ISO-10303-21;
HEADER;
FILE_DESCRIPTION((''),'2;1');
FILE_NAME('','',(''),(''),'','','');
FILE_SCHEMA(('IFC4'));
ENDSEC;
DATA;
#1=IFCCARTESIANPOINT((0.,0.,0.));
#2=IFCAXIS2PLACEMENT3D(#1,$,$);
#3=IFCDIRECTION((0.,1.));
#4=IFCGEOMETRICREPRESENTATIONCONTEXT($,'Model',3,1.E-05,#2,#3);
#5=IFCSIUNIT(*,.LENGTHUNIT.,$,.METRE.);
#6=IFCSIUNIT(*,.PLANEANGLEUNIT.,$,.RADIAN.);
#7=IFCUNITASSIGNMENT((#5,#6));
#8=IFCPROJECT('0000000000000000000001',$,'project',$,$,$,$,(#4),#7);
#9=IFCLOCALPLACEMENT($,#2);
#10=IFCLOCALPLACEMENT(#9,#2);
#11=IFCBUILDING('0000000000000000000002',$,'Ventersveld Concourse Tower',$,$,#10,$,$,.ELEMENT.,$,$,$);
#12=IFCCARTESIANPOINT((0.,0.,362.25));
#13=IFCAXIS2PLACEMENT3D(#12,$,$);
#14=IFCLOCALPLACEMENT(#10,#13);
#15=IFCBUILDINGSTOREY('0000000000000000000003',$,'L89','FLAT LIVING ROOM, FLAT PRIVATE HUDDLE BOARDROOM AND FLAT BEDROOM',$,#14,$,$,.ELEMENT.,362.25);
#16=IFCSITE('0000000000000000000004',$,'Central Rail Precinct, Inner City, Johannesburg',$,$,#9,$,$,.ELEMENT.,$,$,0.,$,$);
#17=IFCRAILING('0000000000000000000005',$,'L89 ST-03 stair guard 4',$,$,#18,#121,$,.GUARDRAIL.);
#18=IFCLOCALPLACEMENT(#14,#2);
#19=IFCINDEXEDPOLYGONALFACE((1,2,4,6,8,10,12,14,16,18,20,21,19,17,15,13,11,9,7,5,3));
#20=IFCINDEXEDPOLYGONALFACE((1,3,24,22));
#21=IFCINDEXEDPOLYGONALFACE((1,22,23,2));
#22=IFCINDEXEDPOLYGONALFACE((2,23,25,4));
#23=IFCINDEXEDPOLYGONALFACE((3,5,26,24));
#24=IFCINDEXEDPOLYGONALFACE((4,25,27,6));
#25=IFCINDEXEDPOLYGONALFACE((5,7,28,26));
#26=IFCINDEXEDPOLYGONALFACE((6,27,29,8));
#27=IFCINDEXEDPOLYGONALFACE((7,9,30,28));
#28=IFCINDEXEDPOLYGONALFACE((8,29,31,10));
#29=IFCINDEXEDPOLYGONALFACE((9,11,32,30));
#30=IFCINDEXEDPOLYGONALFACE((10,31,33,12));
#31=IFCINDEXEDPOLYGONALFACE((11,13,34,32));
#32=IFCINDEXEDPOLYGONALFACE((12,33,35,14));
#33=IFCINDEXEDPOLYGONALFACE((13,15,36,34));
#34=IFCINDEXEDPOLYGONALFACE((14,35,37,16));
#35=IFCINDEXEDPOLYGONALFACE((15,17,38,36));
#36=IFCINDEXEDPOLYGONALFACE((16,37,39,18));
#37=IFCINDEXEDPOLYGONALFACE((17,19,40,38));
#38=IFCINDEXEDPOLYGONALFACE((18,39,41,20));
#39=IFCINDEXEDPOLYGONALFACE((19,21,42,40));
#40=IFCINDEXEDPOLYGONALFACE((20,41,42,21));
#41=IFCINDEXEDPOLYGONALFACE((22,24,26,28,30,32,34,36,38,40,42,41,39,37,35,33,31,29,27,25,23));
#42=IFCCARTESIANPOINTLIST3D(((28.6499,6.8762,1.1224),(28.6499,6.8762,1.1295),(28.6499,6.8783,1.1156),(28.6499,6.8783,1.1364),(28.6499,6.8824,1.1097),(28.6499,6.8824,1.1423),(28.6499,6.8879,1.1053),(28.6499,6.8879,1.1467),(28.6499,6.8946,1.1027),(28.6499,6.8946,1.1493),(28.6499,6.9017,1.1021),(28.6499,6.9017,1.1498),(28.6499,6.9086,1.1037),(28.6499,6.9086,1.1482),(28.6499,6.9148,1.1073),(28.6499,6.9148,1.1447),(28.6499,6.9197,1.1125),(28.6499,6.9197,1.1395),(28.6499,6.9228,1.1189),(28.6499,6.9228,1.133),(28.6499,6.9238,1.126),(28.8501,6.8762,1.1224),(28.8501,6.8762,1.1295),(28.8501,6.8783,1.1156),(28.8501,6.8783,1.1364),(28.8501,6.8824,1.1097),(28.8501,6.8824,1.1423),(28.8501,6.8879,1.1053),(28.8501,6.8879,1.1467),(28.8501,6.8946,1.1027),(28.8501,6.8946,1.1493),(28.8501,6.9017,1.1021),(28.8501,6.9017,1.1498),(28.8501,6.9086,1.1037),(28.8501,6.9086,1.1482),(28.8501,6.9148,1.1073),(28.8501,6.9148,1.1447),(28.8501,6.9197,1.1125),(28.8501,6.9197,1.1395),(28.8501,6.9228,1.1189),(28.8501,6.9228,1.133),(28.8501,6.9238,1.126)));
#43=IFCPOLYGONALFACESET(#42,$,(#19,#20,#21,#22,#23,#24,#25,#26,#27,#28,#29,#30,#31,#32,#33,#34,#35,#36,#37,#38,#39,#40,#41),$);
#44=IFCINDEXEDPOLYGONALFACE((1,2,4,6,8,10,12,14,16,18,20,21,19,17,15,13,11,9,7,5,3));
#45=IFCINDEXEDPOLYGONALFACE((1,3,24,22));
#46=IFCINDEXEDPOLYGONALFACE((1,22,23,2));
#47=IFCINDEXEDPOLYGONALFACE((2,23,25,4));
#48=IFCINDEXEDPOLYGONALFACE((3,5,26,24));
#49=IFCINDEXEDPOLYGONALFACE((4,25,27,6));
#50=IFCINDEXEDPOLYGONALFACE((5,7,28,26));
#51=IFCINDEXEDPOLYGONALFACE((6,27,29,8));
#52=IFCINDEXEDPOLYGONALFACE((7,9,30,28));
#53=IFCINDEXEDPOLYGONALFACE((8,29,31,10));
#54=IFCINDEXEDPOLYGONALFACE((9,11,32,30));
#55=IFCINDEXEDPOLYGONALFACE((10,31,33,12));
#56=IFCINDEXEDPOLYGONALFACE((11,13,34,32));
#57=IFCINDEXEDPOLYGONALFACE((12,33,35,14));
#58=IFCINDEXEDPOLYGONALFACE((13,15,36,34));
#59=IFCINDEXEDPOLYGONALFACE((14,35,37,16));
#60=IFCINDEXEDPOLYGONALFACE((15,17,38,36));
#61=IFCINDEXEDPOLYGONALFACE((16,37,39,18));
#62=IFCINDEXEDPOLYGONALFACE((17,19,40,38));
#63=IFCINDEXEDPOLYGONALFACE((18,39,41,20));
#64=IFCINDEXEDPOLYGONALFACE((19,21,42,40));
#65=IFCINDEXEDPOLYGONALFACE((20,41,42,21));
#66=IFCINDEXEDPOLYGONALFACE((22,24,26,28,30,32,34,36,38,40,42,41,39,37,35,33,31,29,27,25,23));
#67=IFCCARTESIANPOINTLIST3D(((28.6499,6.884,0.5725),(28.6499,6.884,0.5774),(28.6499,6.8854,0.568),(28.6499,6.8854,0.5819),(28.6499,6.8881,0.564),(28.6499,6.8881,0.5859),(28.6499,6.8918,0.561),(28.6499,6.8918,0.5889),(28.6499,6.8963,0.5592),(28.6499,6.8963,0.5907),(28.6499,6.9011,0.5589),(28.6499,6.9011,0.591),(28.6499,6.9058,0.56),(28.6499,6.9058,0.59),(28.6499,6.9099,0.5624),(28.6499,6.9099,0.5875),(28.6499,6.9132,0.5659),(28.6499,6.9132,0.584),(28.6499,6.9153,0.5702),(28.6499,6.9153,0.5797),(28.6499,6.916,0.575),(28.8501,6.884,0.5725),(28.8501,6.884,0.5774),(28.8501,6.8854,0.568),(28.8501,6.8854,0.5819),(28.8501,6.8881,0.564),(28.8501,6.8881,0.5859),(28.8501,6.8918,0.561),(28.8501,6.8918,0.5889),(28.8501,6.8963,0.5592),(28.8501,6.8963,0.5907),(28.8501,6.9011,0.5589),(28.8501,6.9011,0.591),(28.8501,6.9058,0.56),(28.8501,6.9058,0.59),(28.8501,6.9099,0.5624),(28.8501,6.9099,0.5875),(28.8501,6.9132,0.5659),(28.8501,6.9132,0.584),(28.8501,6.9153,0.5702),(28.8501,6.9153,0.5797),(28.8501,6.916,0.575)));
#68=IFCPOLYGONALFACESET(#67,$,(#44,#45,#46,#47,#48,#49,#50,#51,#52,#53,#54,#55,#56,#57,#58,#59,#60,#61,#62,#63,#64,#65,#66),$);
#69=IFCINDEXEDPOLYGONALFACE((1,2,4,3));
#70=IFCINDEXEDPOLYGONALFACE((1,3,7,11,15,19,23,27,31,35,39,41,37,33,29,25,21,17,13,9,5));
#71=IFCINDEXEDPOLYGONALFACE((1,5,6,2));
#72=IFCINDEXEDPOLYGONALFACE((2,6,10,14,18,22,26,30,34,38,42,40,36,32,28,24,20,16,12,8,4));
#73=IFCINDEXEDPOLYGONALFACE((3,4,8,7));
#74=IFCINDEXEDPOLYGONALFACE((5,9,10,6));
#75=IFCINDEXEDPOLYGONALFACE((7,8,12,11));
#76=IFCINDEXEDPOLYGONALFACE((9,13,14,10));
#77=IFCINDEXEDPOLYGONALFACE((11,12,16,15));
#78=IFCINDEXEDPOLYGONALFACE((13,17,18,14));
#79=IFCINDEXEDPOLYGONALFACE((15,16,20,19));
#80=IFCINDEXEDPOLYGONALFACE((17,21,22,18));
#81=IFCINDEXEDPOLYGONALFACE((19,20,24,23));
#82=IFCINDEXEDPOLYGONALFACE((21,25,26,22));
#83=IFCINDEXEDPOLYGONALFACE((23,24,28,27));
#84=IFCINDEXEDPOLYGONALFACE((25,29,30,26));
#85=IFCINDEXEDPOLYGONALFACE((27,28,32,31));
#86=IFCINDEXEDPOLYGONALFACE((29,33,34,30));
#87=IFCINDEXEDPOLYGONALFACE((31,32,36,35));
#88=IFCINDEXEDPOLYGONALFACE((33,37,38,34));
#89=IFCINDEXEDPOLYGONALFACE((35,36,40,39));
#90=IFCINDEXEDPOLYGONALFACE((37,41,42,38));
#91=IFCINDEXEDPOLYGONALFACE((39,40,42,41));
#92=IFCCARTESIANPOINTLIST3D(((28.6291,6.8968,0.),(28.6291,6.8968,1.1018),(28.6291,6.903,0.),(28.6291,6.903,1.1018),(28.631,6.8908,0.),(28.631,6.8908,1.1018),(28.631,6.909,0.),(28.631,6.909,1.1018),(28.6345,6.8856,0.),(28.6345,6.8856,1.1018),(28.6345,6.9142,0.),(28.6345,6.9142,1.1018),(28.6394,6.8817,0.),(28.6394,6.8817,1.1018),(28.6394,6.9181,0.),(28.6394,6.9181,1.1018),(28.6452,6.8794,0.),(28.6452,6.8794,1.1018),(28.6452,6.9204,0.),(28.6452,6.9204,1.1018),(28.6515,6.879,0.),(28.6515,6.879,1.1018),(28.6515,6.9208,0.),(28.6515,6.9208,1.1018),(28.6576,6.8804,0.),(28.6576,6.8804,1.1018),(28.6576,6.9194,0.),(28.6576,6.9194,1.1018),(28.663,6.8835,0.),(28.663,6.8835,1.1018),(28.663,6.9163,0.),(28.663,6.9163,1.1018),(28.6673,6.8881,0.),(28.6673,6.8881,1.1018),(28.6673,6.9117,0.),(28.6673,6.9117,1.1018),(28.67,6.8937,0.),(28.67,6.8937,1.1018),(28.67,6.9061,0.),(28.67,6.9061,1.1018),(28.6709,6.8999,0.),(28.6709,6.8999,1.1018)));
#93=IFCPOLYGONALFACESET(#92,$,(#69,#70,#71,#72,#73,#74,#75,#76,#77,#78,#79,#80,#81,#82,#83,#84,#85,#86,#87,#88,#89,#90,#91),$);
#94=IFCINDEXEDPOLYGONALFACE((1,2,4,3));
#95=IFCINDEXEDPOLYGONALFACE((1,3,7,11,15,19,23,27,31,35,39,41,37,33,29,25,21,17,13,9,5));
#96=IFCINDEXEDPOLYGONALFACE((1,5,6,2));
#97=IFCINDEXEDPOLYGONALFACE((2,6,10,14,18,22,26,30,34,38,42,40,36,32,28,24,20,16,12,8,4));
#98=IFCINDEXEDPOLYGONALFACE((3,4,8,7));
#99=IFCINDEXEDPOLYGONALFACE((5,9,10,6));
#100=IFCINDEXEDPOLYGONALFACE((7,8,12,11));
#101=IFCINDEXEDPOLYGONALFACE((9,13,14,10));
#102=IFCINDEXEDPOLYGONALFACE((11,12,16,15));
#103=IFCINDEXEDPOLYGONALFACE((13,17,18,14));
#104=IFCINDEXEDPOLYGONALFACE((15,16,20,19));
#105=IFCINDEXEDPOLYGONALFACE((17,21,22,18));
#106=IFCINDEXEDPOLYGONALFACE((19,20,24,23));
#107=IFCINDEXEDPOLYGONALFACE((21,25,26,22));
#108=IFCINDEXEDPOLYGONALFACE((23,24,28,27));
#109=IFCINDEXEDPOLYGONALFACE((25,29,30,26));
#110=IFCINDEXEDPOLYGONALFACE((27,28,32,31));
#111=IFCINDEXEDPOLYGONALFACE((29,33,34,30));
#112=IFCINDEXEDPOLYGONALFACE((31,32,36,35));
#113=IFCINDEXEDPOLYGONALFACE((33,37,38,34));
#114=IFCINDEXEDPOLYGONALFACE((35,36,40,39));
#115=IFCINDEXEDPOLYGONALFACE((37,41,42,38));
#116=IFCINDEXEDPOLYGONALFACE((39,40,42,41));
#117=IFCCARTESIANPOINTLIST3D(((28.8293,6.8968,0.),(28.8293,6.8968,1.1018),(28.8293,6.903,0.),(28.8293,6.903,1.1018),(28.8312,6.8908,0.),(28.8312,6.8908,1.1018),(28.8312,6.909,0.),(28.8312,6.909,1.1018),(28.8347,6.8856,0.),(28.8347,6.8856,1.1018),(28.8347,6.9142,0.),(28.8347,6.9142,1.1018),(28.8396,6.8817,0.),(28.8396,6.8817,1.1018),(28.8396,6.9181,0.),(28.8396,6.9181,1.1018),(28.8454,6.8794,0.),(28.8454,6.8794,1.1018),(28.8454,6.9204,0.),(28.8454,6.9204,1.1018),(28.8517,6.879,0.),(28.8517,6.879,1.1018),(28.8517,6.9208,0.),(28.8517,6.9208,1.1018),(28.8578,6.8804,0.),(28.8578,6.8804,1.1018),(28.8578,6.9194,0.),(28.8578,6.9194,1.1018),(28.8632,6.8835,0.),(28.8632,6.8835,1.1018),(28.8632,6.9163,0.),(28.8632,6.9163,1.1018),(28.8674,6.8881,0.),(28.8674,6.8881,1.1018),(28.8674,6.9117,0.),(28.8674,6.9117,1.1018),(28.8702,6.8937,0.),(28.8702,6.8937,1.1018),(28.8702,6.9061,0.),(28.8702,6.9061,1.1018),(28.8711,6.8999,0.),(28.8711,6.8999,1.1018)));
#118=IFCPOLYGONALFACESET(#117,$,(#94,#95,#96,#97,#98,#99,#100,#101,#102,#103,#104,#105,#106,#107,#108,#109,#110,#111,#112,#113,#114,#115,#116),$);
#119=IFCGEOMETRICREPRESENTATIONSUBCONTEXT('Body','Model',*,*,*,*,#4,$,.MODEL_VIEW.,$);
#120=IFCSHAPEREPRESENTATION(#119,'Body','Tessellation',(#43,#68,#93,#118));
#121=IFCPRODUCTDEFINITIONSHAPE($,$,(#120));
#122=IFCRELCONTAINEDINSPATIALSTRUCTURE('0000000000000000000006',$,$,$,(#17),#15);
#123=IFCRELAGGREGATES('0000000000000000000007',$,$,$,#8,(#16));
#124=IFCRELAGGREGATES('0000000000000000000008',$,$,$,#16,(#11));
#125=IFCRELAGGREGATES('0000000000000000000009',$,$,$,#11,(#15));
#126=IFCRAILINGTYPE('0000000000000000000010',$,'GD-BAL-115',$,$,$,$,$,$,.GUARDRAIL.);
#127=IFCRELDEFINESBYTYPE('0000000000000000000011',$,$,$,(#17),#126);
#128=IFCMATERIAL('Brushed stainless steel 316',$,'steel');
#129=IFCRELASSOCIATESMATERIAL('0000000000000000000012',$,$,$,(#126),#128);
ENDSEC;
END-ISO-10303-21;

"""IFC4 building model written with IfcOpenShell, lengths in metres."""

from ifc_helpers import new_model, si_unit, direction, frame, origin, origin_2d, place, context, subcontext, project, spatial, circle, extrude, material, type_object, element, save


model = new_model("IFC4")

# Units and contexts
model_context = context("Model", 3, precision=1e-05, world=origin(), true_north=direction((0.0, 1.0)))
body_context = subcontext(model_context, "Body", "Model", "MODEL_VIEW")
ifc_project = project(units=[si_unit("LENGTHUNIT", "METRE"), si_unit("PLANEANGLEUNIT", "RADIAN")], contexts=[model_context])

# Site, building, storey
site_placement = place(None, origin())
site = spatial("IfcSite", under=ifc_project, at=site_placement, Name="Central Rail Precinct, Inner City, Johannesburg", CompositionType="ELEMENT", RefElevation=0.0)
building_placement = place(site_placement, origin())
building = spatial("IfcBuilding", under=site, at=building_placement, Name="Ventersveld Concourse Tower", CompositionType="ELEMENT")
storey_placement = place(building_placement, frame((0.0, 0.0, 362.25)))
storey = spatial("IfcBuildingStorey", under=building, at=storey_placement, Name="L89", Description="FLAT LIVING ROOM, FLAT PRIVATE HUDDLE BOARDROOM AND FLAT BEDROOM", CompositionType="ELEMENT", Elevation=362.25)

# Shared definitions
ifc_material_1 = material(Name="Brushed stainless steel 316", Category="steel")

# Railing
railing_type_1 = type_object("IfcRailingType", Name="GD-BAL-115", PredefinedType="GUARDRAIL", material=ifc_material_1)
railing_1_placement = place(storey_placement, frame((28.6499, 6.8999, 0.0)))
element("IfcRailing", 1, at=railing_1_placement, inside=storey, type_object=railing_type_1, Name="L89 ST-03 stair guard 4", PredefinedType="GUARDRAIL", context=body_context, shape_type="SweptSolid", body=[
    extrude(circle(Radius=0.0239, at=origin_2d()), frame((0.0, 0.0, 1.126), z_axis=(1.0, 0.0, 0.0), x_axis=(0.0, 1.0, 0.0)), (0.0, 0.0, 1.0), 0.2002),
    extrude(circle(Radius=0.0161, at=origin_2d()), frame((0.0, 0.0, 0.575), z_axis=(1.0, 0.0, 0.0), x_axis=(0.0, 1.0, 0.0)), (0.0, 0.0, 1.0), 0.2002),
    extrude(circle(Radius=0.021, at=origin_2d()), origin(), (0.0, 0.0, 1.0), 1.1018),
    extrude(circle(Radius=0.021, at=origin_2d()), frame((0.2002, 0.0, 0.0)), (0.0, 0.0, 1.0), 1.1018),
])

save(model, "model.ifc")
